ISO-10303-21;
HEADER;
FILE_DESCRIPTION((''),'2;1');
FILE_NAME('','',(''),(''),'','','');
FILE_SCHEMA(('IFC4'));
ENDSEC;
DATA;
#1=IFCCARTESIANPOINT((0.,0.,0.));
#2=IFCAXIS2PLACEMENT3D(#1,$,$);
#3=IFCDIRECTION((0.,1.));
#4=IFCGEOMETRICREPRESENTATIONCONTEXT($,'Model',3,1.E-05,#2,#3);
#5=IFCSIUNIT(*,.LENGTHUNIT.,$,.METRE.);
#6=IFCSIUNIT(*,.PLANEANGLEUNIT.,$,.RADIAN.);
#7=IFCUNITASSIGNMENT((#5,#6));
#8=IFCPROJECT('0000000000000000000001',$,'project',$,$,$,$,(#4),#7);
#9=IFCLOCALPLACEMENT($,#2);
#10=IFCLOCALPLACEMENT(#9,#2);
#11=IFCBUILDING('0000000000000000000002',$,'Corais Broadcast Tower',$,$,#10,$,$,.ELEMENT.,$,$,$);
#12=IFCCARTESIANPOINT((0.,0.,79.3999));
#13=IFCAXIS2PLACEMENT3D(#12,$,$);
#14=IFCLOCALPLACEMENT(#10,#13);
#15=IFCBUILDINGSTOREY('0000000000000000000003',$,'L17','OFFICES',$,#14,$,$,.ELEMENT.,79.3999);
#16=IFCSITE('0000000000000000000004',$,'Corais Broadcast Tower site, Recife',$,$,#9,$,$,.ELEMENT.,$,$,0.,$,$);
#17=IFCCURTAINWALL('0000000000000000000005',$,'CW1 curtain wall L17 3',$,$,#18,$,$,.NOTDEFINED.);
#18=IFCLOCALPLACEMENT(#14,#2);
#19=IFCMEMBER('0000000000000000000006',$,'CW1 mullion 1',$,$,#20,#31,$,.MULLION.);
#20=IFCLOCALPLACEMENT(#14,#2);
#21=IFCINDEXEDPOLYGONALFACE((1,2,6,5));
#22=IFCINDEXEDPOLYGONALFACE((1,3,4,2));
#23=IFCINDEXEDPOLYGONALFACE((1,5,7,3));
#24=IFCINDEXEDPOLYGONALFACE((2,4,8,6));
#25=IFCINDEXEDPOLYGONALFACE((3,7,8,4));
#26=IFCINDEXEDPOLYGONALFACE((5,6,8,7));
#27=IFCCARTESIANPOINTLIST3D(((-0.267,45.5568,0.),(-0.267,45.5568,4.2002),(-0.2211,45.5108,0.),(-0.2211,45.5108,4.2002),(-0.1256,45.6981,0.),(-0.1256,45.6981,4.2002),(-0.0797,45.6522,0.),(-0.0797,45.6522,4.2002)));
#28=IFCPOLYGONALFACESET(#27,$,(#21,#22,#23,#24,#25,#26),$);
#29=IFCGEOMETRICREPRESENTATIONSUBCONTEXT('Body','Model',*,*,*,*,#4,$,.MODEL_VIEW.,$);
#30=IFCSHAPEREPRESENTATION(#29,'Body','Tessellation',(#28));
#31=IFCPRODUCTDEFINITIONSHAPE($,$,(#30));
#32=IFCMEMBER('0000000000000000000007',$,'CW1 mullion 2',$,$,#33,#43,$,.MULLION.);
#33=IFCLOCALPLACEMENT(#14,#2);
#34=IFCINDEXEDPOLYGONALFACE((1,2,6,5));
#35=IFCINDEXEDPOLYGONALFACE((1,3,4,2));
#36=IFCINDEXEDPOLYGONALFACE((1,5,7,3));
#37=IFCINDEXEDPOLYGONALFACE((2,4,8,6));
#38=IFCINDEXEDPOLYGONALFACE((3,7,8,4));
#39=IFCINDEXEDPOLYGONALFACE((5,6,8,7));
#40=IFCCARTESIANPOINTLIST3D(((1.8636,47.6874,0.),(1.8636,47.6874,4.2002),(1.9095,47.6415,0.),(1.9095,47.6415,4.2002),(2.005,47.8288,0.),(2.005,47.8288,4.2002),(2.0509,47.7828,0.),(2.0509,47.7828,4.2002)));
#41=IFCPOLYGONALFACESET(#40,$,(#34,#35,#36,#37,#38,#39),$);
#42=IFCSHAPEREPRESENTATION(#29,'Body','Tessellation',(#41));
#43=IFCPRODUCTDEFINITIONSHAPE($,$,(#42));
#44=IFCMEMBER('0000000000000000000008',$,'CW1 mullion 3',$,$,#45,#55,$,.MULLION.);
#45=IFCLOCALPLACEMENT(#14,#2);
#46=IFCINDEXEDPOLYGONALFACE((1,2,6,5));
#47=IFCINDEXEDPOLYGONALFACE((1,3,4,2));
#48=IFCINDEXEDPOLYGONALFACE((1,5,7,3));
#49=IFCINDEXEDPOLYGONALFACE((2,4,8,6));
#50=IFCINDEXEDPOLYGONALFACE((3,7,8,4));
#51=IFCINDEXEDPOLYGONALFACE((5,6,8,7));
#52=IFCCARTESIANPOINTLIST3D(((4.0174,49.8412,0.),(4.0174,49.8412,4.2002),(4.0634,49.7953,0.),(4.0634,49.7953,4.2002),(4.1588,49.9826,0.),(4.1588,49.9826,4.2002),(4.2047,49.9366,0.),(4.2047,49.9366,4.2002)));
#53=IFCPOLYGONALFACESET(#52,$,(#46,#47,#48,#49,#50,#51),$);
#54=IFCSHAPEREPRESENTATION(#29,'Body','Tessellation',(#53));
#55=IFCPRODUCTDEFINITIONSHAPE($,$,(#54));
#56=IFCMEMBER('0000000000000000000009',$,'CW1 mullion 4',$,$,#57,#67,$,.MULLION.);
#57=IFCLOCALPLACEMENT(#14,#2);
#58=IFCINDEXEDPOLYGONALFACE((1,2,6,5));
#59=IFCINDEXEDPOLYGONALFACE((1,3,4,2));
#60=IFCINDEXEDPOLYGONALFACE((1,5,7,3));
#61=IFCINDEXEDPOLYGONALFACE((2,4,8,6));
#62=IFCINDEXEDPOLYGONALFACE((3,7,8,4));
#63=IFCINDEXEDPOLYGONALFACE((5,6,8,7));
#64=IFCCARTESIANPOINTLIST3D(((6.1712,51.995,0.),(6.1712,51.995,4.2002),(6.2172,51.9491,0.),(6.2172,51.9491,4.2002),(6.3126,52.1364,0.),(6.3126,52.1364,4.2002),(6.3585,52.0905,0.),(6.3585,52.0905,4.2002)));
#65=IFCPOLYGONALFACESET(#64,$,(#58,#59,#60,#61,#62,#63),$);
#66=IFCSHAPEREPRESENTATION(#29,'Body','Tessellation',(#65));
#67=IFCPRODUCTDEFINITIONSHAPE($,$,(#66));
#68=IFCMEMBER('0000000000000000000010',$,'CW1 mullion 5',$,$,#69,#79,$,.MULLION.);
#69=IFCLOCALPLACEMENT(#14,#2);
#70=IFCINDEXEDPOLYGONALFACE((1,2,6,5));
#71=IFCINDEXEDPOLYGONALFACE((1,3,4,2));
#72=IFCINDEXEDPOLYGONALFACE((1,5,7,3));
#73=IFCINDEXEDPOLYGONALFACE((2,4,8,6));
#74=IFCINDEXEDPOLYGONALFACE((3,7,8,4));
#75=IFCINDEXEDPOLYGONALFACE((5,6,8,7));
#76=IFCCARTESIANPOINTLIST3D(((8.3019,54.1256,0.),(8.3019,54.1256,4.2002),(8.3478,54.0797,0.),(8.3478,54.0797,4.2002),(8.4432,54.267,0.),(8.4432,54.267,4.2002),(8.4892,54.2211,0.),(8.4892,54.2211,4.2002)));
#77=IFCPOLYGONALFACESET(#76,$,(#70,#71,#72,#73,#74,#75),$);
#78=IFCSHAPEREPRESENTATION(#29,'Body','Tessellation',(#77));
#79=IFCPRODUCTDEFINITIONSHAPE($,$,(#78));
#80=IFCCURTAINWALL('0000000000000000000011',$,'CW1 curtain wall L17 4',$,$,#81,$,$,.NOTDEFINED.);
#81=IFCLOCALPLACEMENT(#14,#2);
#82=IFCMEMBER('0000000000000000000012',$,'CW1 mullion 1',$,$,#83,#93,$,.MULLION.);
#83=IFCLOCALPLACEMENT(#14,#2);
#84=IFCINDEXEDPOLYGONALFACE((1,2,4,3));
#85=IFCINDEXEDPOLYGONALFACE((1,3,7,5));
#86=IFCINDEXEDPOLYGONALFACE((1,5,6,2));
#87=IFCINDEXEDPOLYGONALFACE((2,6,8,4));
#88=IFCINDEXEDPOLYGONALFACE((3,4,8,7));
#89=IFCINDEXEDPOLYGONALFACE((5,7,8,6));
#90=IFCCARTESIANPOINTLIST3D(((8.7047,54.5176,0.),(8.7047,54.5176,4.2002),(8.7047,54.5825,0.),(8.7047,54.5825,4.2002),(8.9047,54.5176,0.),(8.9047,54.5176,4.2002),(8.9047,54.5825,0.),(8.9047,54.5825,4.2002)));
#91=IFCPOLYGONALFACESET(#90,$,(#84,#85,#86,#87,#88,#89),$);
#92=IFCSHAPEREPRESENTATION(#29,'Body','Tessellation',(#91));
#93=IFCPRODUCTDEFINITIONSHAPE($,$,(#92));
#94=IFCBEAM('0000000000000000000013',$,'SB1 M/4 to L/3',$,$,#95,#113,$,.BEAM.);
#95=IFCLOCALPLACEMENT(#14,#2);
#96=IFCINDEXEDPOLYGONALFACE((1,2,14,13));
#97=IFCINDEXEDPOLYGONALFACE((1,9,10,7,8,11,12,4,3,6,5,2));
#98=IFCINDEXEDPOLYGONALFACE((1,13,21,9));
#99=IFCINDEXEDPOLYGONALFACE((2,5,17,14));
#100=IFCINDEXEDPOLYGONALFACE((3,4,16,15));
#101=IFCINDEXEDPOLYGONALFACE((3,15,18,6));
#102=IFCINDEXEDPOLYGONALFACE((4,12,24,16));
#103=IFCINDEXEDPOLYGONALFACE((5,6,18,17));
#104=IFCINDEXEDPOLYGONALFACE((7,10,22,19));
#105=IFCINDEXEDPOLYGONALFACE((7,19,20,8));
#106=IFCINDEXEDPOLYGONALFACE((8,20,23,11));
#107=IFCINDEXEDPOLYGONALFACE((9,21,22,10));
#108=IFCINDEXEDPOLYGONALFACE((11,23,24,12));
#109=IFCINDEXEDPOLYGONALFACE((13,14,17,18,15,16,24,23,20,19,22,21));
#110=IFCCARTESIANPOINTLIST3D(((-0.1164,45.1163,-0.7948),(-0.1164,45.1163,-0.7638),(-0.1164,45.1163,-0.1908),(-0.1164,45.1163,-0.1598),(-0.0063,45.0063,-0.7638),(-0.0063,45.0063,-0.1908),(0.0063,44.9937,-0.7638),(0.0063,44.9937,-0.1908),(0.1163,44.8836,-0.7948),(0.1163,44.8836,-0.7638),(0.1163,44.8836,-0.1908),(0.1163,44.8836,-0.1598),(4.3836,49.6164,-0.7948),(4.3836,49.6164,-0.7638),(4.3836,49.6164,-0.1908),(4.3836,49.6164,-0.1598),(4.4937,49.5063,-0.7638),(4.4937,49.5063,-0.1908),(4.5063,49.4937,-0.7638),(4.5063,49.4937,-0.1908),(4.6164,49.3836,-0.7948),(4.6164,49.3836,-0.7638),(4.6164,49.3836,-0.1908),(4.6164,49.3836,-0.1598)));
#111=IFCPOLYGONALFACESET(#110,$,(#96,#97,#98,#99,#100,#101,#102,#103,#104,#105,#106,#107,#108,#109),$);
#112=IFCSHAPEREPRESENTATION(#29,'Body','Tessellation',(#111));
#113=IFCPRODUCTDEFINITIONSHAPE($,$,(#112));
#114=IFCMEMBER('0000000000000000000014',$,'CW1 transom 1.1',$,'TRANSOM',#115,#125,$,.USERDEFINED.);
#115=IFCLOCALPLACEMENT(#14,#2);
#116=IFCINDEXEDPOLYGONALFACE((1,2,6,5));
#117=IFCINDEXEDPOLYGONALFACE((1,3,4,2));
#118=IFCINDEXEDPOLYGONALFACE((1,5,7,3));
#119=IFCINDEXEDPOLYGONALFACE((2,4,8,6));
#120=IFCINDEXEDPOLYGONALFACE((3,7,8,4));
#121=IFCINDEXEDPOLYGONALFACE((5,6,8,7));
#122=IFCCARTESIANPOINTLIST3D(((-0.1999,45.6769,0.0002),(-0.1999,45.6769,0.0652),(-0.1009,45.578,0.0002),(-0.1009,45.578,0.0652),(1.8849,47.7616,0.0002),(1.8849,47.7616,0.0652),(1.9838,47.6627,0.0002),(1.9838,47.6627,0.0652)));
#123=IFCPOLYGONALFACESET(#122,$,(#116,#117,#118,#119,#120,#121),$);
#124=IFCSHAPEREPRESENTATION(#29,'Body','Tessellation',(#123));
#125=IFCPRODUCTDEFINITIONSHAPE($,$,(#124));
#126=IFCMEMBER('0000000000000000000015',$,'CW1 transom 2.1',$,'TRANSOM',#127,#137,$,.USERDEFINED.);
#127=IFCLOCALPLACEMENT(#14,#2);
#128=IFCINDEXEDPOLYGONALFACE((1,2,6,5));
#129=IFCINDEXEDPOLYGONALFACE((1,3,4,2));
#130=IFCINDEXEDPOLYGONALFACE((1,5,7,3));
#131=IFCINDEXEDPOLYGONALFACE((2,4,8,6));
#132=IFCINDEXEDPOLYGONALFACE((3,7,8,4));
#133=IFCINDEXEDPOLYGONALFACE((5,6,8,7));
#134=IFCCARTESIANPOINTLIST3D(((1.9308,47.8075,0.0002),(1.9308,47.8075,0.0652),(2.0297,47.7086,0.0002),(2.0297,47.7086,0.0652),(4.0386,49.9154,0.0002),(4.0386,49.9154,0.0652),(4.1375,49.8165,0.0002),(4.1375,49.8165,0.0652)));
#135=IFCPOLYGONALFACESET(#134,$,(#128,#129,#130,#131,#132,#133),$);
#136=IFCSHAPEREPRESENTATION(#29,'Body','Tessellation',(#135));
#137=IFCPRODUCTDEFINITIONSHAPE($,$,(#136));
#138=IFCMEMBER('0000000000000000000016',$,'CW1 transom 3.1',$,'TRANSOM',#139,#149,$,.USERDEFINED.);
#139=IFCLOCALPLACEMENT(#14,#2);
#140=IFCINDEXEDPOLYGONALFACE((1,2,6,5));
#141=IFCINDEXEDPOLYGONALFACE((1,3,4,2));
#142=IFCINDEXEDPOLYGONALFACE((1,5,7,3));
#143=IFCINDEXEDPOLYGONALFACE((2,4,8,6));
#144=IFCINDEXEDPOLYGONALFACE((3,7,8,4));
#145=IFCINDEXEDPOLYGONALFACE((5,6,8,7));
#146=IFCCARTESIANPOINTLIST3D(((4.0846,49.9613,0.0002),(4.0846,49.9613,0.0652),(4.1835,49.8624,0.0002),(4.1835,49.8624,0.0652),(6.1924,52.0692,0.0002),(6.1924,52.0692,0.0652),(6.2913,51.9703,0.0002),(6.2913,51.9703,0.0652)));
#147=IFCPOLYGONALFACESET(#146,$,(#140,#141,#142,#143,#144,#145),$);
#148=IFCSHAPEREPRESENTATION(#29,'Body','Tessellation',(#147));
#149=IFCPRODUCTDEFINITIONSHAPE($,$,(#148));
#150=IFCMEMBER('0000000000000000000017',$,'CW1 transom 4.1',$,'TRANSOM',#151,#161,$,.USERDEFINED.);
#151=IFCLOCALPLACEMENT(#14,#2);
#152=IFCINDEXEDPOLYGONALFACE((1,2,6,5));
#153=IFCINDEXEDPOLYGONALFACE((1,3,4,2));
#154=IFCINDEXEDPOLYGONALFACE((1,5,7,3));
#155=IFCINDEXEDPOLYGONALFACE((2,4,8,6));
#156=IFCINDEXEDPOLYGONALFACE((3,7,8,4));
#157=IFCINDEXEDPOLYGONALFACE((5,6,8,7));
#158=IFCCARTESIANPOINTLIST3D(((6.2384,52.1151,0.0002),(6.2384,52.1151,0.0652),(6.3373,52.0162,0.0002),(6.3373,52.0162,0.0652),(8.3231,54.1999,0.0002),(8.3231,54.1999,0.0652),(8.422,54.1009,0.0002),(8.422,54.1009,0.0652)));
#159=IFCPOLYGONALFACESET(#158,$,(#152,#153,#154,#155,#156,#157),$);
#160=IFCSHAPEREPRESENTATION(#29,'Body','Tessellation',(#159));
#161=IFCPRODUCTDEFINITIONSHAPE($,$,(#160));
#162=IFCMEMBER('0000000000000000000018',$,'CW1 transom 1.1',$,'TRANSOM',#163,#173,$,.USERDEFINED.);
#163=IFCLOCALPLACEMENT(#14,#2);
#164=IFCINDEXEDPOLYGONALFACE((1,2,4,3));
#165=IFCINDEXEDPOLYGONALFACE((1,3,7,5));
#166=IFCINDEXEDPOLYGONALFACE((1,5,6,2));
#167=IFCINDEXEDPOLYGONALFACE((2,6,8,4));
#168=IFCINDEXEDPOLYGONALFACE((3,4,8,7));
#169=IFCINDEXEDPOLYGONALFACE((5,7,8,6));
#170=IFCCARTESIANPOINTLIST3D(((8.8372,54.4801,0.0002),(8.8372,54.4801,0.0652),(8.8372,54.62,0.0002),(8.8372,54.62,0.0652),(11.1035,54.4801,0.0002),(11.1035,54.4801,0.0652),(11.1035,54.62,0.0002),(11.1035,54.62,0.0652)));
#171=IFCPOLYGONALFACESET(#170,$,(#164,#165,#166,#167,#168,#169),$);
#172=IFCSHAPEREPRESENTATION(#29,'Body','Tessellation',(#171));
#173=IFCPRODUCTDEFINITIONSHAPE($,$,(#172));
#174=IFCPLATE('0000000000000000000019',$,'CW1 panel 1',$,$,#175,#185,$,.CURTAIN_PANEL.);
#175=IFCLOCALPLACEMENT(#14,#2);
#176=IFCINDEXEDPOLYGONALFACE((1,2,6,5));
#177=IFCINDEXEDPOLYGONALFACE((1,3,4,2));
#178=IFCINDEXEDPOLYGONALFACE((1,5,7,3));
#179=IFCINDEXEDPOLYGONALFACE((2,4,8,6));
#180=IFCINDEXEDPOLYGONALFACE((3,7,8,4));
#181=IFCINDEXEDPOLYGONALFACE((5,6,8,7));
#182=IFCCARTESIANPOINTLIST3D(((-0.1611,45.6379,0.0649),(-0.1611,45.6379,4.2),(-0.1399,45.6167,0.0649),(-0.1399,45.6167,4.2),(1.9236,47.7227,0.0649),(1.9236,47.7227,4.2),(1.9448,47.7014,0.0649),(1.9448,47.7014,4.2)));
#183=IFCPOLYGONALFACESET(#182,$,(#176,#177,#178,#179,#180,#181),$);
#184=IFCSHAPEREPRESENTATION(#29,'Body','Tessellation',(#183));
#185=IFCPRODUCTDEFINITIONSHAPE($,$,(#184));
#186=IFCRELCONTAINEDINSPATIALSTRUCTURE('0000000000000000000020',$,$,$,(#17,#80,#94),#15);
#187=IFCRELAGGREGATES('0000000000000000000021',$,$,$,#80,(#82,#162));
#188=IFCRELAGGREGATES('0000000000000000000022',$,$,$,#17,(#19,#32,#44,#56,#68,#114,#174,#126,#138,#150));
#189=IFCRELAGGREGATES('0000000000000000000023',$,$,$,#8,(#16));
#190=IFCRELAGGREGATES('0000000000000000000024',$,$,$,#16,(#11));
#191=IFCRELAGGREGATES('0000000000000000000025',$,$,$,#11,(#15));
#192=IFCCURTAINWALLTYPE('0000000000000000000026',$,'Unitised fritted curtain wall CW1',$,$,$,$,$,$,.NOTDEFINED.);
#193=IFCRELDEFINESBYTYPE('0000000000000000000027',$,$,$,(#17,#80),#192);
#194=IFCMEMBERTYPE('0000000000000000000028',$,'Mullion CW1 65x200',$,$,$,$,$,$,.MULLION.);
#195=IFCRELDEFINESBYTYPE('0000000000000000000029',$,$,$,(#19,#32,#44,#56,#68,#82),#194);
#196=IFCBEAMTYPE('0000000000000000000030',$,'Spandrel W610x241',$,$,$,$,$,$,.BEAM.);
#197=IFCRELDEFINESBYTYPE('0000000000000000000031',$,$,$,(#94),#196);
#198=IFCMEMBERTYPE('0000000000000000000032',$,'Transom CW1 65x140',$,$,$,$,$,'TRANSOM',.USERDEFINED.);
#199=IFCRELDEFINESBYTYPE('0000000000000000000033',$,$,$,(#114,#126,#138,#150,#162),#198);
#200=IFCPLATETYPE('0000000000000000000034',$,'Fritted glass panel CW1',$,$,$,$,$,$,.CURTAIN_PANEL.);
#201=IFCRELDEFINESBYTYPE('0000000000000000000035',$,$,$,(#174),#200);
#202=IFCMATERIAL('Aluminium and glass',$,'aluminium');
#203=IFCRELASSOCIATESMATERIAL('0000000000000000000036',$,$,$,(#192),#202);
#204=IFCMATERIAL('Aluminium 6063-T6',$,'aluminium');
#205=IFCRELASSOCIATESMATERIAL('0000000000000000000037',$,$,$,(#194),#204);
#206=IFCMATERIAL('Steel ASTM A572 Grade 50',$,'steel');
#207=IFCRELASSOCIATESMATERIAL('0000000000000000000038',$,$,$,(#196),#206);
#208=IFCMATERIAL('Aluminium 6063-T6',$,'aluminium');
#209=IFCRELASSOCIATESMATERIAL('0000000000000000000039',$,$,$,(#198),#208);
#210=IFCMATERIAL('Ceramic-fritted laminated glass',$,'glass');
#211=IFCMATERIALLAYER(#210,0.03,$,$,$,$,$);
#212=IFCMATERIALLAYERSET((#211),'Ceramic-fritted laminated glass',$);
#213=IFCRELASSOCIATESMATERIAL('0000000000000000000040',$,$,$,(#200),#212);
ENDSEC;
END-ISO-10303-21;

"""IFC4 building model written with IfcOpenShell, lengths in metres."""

from ifc_helpers import new_model, si_unit, direction, frame, origin, origin_2d, place, context, subcontext, project, spatial, rectangle, i_section, extrude, material, layer, layer_set, material_profile, profile_set, type_object, element, aggregate, save


model = new_model("IFC4")

# Units and contexts
model_context = context("Model", 3, precision=1e-05, world=origin(), true_north=direction((0.0, 1.0)))
body_context = subcontext(model_context, "Body", "Model", "MODEL_VIEW")
ifc_project = project(units=[si_unit("LENGTHUNIT", "METRE"), si_unit("PLANEANGLEUNIT", "RADIAN")], contexts=[model_context])

# Site, building, storey
site_placement = place(None, origin())
site = spatial("IfcSite", under=ifc_project, at=site_placement, Name="Corais Broadcast Tower site, Recife", CompositionType="ELEMENT", RefElevation=0.0)
building_placement = place(site_placement, origin())
building = spatial("IfcBuilding", under=site, at=building_placement, Name="Corais Broadcast Tower", CompositionType="ELEMENT")
storey_placement = place(building_placement, frame((0.0, 0.0, 79.3999)))
storey = spatial("IfcBuildingStorey", under=building, at=storey_placement, Name="L17", Description="OFFICES", CompositionType="ELEMENT", Elevation=79.3999)

# Shared definitions
ifc_material_1 = material(Name="Aluminium and glass", Category="aluminium")
curtain_wall_type = type_object("IfcCurtainWallType", Name="Unitised fritted curtain wall CW1", PredefinedType="NOTDEFINED", material=ifc_material_1)
ifc_material_2 = material(Name="Aluminium 6063-T6", Category="aluminium")
ifc_material_profile_1 = material_profile(ifc_material_2, rectangle(XDim=0.0649, YDim=0.2, at=origin_2d()), Name="Mullion CW1 65x200")
ifc_profile_set_1 = profile_set([ifc_material_profile_1], Name="Aluminium 6063-T6")
member_type_1 = type_object("IfcMemberType", Name="Mullion CW1 65x200", PredefinedType="MULLION", material=ifc_profile_set_1)

# Curtain wall, members
curtain_wall_1_placement = place(storey_placement, origin())
curtain_wall_1 = element("IfcCurtainWall", 1, at=curtain_wall_1_placement, inside=storey, type_object=curtain_wall_type, Name="CW1 curtain wall L17 3", PredefinedType="NOTDEFINED")
member_1_placement = place(storey_placement, frame((-0.1733, 45.6045, 0.0), z_axis=(0.0, 0.0, 1.0), x_axis=(-0.707107, 0.707107, 0.0)))
member_1 = element("IfcMember", 2, at=member_1_placement, type_object=member_type_1, Name="CW1 mullion 1", PredefinedType="MULLION", context=body_context, shape_type="SweptSolid", body=[
    extrude(rectangle(XDim=0.0649, YDim=0.2, at=origin_2d()), origin(), (0.0, 0.0, 1.0), 4.2002),
])
member_2_placement = place(storey_placement, frame((1.9573, 47.7351, 0.0), z_axis=(0.0, 0.0, 1.0), x_axis=(-0.707107, 0.707107, 0.0)))
member_2 = element("IfcMember", 3, at=member_2_placement, type_object=member_type_1, Name="CW1 mullion 2", PredefinedType="MULLION", context=body_context, shape_type="SweptSolid", body=[
    extrude(rectangle(XDim=0.0649, YDim=0.2, at=origin_2d()), origin(), (0.0, 0.0, 1.0), 4.2002),
])
member_3_placement = place(storey_placement, frame((4.1111, 49.8889, 0.0), z_axis=(0.0, 0.0, 1.0), x_axis=(-0.707107, 0.707107, 0.0)))
member_3 = element("IfcMember", 4, at=member_3_placement, type_object=member_type_1, Name="CW1 mullion 3", PredefinedType="MULLION", context=body_context, shape_type="SweptSolid", body=[
    extrude(rectangle(XDim=0.0649, YDim=0.2, at=origin_2d()), origin(), (0.0, 0.0, 1.0), 4.2002),
])
member_4_placement = place(storey_placement, frame((6.2649, 52.0427, 0.0), z_axis=(0.0, 0.0, 1.0), x_axis=(-0.707107, 0.707107, 0.0)))
member_4 = element("IfcMember", 5, at=member_4_placement, type_object=member_type_1, Name="CW1 mullion 4", PredefinedType="MULLION", context=body_context, shape_type="SweptSolid", body=[
    extrude(rectangle(XDim=0.0649, YDim=0.2, at=origin_2d()), origin(), (0.0, 0.0, 1.0), 4.2002),
])
member_5_placement = place(storey_placement, frame((8.3955, 54.1733, 0.0), z_axis=(0.0, 0.0, 1.0), x_axis=(-0.707107, 0.707107, 0.0)))
member_5 = element("IfcMember", 6, at=member_5_placement, type_object=member_type_1, Name="CW1 mullion 5", PredefinedType="MULLION", context=body_context, shape_type="SweptSolid", body=[
    extrude(rectangle(XDim=0.0649, YDim=0.2, at=origin_2d()), origin(), (0.0, 0.0, 1.0), 4.2002),
])

# Curtain wall, member
curtain_wall_2_placement = place(storey_placement, origin())
curtain_wall_2 = element("IfcCurtainWall", 7, at=curtain_wall_2_placement, inside=storey, type_object=curtain_wall_type, Name="CW1 curtain wall L17 4", PredefinedType="NOTDEFINED")
member_6_placement = place(storey_placement, frame((8.8047, 54.55, 0.0), z_axis=(0.0, 0.0, 1.0), x_axis=(0.0, 1.0, 0.0)))
member_6 = element("IfcMember", 8, at=member_6_placement, type_object=member_type_1, Name="CW1 mullion 1", PredefinedType="MULLION", context=body_context, shape_type="SweptSolid", body=[
    extrude(rectangle(XDim=0.0649, YDim=0.2, at=origin_2d()), origin(), (0.0, 0.0, 1.0), 4.2002),
])

# Beam
ifc_material_3 = material(Name="Steel ASTM A572 Grade 50", Category="steel")
ifc_material_profile_2 = material_profile(ifc_material_3, i_section(OverallWidth=0.3291, OverallDepth=0.635, WebThickness=0.0178, FlangeThickness=0.031, at=origin_2d()), Name="W610x241")
ifc_profile_set_2 = profile_set([ifc_material_profile_2], Name="Steel ASTM A572 Grade 50")
beam_type_1 = type_object("IfcBeamType", Name="Spandrel W610x241", PredefinedType="BEAM", material=ifc_profile_set_2)
beam_1_placement = place(storey_placement, frame((4.5, 49.5, -0.4773), z_axis=(-0.707107, -0.707107, 0.0), x_axis=(0.707107, -0.707107, 0.0)))
element("IfcBeam", 9, at=beam_1_placement, inside=storey, type_object=beam_type_1, Name="SB1 M/4 to L/3", PredefinedType="BEAM", context=body_context, shape_type="SweptSolid", body=[
    extrude(i_section(OverallWidth=0.3291, OverallDepth=0.635, WebThickness=0.0178, FlangeThickness=0.031, at=origin_2d()), origin(), (0.0, 0.0, 1.0), 6.364),
])

# Members
ifc_material_4 = material(Name="Aluminium 6063-T6", Category="aluminium")
ifc_material_profile_3 = material_profile(ifc_material_4, rectangle(XDim=0.1399, YDim=0.0649, at=origin_2d()), Name="Transom CW1 65x140")
ifc_profile_set_3 = profile_set([ifc_material_profile_3], Name="Aluminium 6063-T6")
member_type_2 = type_object("IfcMemberType", Name="Transom CW1 65x140", ElementType="TRANSOM", PredefinedType="USERDEFINED", material=ifc_profile_set_3)
member_7_placement = place(storey_placement, frame((-0.1504, 45.6274, 0.0327), z_axis=(0.707107, 0.707107, 0.0), x_axis=(-0.707107, 0.707107, 0.0)))
member_7 = element("IfcMember", 10, at=member_7_placement, type_object=member_type_2, Name="CW1 transom 1.1", ObjectType="TRANSOM", PredefinedType="USERDEFINED", context=body_context, shape_type="SweptSolid", body=[
    extrude(rectangle(XDim=0.1399, YDim=0.0649, at=origin_2d()), origin(), (0.0, 0.0, 1.0), 2.9482),
])
member_8_placement = place(storey_placement, frame((1.9802, 47.7581, 0.0327), z_axis=(0.707107, 0.707107, 0.0), x_axis=(-0.707107, 0.707107, 0.0)))
member_8 = element("IfcMember", 11, at=member_8_placement, type_object=member_type_2, Name="CW1 transom 2.1", ObjectType="TRANSOM", PredefinedType="USERDEFINED", context=body_context, shape_type="SweptSolid", body=[
    extrude(rectangle(XDim=0.1399, YDim=0.0649, at=origin_2d()), origin(), (0.0, 0.0, 1.0), 2.981),
])
member_9_placement = place(storey_placement, frame((4.134, 49.9119, 0.0327), z_axis=(0.707107, 0.707107, 0.0), x_axis=(-0.707107, 0.707107, 0.0)))
member_9 = element("IfcMember", 12, at=member_9_placement, type_object=member_type_2, Name="CW1 transom 3.1", ObjectType="TRANSOM", PredefinedType="USERDEFINED", context=body_context, shape_type="SweptSolid", body=[
    extrude(rectangle(XDim=0.1399, YDim=0.0649, at=origin_2d()), origin(), (0.0, 0.0, 1.0), 2.981),
])
member_10_placement = place(storey_placement, frame((6.2878, 52.0657, 0.0327), z_axis=(0.707107, 0.707107, 0.0), x_axis=(-0.707107, 0.707107, 0.0)))
member_10 = element("IfcMember", 13, at=member_10_placement, type_object=member_type_2, Name="CW1 transom 4.1", ObjectType="TRANSOM", PredefinedType="USERDEFINED", context=body_context, shape_type="SweptSolid", body=[
    extrude(rectangle(XDim=0.1399, YDim=0.0649, at=origin_2d()), origin(), (0.0, 0.0, 1.0), 2.9482),
])
member_11_placement = place(storey_placement, frame((8.8372, 54.55, 0.0327), z_axis=(1.0, 0.0, 0.0), x_axis=(0.0, 1.0, 0.0)))
member_11 = element("IfcMember", 14, at=member_11_placement, type_object=member_type_2, Name="CW1 transom 1.1", ObjectType="TRANSOM", PredefinedType="USERDEFINED", context=body_context, shape_type="SweptSolid", body=[
    extrude(rectangle(XDim=0.1399, YDim=0.0649, at=origin_2d()), origin(), (0.0, 0.0, 1.0), 2.2664),
])
aggregate(curtain_wall_2, [member_6, member_11])

# Plate
ifc_material_5 = material(Name="Ceramic-fritted laminated glass", Category="glass")
ifc_layer_1 = layer(ifc_material_5, 0.03)
ifc_layer_set_1 = layer_set([ifc_layer_1], Name="Ceramic-fritted laminated glass")
plate_type_1 = type_object("IfcPlateType", Name="Fritted glass panel CW1", PredefinedType="CURTAIN_PANEL", material=ifc_layer_set_1)
plate_1_placement = place(storey_placement, frame((0.8918, 46.6697, 0.0649), z_axis=(0.0, 0.0, 1.0), x_axis=(0.707107, 0.707107, 0.0)))
plate_1 = element("IfcPlate", 15, at=plate_1_placement, type_object=plate_type_1, Name="CW1 panel 1", PredefinedType="CURTAIN_PANEL", context=body_context, shape_type="SweptSolid", body=[
    extrude(rectangle(XDim=2.9482, YDim=0.03, at=origin_2d()), origin(), (0.0, 0.0, 1.0), 4.135),
])
aggregate(curtain_wall_1, [member_1, member_2, member_3, member_4, member_5, member_7, plate_1, member_8, member_9, member_10])

save(model, "model.ifc")
